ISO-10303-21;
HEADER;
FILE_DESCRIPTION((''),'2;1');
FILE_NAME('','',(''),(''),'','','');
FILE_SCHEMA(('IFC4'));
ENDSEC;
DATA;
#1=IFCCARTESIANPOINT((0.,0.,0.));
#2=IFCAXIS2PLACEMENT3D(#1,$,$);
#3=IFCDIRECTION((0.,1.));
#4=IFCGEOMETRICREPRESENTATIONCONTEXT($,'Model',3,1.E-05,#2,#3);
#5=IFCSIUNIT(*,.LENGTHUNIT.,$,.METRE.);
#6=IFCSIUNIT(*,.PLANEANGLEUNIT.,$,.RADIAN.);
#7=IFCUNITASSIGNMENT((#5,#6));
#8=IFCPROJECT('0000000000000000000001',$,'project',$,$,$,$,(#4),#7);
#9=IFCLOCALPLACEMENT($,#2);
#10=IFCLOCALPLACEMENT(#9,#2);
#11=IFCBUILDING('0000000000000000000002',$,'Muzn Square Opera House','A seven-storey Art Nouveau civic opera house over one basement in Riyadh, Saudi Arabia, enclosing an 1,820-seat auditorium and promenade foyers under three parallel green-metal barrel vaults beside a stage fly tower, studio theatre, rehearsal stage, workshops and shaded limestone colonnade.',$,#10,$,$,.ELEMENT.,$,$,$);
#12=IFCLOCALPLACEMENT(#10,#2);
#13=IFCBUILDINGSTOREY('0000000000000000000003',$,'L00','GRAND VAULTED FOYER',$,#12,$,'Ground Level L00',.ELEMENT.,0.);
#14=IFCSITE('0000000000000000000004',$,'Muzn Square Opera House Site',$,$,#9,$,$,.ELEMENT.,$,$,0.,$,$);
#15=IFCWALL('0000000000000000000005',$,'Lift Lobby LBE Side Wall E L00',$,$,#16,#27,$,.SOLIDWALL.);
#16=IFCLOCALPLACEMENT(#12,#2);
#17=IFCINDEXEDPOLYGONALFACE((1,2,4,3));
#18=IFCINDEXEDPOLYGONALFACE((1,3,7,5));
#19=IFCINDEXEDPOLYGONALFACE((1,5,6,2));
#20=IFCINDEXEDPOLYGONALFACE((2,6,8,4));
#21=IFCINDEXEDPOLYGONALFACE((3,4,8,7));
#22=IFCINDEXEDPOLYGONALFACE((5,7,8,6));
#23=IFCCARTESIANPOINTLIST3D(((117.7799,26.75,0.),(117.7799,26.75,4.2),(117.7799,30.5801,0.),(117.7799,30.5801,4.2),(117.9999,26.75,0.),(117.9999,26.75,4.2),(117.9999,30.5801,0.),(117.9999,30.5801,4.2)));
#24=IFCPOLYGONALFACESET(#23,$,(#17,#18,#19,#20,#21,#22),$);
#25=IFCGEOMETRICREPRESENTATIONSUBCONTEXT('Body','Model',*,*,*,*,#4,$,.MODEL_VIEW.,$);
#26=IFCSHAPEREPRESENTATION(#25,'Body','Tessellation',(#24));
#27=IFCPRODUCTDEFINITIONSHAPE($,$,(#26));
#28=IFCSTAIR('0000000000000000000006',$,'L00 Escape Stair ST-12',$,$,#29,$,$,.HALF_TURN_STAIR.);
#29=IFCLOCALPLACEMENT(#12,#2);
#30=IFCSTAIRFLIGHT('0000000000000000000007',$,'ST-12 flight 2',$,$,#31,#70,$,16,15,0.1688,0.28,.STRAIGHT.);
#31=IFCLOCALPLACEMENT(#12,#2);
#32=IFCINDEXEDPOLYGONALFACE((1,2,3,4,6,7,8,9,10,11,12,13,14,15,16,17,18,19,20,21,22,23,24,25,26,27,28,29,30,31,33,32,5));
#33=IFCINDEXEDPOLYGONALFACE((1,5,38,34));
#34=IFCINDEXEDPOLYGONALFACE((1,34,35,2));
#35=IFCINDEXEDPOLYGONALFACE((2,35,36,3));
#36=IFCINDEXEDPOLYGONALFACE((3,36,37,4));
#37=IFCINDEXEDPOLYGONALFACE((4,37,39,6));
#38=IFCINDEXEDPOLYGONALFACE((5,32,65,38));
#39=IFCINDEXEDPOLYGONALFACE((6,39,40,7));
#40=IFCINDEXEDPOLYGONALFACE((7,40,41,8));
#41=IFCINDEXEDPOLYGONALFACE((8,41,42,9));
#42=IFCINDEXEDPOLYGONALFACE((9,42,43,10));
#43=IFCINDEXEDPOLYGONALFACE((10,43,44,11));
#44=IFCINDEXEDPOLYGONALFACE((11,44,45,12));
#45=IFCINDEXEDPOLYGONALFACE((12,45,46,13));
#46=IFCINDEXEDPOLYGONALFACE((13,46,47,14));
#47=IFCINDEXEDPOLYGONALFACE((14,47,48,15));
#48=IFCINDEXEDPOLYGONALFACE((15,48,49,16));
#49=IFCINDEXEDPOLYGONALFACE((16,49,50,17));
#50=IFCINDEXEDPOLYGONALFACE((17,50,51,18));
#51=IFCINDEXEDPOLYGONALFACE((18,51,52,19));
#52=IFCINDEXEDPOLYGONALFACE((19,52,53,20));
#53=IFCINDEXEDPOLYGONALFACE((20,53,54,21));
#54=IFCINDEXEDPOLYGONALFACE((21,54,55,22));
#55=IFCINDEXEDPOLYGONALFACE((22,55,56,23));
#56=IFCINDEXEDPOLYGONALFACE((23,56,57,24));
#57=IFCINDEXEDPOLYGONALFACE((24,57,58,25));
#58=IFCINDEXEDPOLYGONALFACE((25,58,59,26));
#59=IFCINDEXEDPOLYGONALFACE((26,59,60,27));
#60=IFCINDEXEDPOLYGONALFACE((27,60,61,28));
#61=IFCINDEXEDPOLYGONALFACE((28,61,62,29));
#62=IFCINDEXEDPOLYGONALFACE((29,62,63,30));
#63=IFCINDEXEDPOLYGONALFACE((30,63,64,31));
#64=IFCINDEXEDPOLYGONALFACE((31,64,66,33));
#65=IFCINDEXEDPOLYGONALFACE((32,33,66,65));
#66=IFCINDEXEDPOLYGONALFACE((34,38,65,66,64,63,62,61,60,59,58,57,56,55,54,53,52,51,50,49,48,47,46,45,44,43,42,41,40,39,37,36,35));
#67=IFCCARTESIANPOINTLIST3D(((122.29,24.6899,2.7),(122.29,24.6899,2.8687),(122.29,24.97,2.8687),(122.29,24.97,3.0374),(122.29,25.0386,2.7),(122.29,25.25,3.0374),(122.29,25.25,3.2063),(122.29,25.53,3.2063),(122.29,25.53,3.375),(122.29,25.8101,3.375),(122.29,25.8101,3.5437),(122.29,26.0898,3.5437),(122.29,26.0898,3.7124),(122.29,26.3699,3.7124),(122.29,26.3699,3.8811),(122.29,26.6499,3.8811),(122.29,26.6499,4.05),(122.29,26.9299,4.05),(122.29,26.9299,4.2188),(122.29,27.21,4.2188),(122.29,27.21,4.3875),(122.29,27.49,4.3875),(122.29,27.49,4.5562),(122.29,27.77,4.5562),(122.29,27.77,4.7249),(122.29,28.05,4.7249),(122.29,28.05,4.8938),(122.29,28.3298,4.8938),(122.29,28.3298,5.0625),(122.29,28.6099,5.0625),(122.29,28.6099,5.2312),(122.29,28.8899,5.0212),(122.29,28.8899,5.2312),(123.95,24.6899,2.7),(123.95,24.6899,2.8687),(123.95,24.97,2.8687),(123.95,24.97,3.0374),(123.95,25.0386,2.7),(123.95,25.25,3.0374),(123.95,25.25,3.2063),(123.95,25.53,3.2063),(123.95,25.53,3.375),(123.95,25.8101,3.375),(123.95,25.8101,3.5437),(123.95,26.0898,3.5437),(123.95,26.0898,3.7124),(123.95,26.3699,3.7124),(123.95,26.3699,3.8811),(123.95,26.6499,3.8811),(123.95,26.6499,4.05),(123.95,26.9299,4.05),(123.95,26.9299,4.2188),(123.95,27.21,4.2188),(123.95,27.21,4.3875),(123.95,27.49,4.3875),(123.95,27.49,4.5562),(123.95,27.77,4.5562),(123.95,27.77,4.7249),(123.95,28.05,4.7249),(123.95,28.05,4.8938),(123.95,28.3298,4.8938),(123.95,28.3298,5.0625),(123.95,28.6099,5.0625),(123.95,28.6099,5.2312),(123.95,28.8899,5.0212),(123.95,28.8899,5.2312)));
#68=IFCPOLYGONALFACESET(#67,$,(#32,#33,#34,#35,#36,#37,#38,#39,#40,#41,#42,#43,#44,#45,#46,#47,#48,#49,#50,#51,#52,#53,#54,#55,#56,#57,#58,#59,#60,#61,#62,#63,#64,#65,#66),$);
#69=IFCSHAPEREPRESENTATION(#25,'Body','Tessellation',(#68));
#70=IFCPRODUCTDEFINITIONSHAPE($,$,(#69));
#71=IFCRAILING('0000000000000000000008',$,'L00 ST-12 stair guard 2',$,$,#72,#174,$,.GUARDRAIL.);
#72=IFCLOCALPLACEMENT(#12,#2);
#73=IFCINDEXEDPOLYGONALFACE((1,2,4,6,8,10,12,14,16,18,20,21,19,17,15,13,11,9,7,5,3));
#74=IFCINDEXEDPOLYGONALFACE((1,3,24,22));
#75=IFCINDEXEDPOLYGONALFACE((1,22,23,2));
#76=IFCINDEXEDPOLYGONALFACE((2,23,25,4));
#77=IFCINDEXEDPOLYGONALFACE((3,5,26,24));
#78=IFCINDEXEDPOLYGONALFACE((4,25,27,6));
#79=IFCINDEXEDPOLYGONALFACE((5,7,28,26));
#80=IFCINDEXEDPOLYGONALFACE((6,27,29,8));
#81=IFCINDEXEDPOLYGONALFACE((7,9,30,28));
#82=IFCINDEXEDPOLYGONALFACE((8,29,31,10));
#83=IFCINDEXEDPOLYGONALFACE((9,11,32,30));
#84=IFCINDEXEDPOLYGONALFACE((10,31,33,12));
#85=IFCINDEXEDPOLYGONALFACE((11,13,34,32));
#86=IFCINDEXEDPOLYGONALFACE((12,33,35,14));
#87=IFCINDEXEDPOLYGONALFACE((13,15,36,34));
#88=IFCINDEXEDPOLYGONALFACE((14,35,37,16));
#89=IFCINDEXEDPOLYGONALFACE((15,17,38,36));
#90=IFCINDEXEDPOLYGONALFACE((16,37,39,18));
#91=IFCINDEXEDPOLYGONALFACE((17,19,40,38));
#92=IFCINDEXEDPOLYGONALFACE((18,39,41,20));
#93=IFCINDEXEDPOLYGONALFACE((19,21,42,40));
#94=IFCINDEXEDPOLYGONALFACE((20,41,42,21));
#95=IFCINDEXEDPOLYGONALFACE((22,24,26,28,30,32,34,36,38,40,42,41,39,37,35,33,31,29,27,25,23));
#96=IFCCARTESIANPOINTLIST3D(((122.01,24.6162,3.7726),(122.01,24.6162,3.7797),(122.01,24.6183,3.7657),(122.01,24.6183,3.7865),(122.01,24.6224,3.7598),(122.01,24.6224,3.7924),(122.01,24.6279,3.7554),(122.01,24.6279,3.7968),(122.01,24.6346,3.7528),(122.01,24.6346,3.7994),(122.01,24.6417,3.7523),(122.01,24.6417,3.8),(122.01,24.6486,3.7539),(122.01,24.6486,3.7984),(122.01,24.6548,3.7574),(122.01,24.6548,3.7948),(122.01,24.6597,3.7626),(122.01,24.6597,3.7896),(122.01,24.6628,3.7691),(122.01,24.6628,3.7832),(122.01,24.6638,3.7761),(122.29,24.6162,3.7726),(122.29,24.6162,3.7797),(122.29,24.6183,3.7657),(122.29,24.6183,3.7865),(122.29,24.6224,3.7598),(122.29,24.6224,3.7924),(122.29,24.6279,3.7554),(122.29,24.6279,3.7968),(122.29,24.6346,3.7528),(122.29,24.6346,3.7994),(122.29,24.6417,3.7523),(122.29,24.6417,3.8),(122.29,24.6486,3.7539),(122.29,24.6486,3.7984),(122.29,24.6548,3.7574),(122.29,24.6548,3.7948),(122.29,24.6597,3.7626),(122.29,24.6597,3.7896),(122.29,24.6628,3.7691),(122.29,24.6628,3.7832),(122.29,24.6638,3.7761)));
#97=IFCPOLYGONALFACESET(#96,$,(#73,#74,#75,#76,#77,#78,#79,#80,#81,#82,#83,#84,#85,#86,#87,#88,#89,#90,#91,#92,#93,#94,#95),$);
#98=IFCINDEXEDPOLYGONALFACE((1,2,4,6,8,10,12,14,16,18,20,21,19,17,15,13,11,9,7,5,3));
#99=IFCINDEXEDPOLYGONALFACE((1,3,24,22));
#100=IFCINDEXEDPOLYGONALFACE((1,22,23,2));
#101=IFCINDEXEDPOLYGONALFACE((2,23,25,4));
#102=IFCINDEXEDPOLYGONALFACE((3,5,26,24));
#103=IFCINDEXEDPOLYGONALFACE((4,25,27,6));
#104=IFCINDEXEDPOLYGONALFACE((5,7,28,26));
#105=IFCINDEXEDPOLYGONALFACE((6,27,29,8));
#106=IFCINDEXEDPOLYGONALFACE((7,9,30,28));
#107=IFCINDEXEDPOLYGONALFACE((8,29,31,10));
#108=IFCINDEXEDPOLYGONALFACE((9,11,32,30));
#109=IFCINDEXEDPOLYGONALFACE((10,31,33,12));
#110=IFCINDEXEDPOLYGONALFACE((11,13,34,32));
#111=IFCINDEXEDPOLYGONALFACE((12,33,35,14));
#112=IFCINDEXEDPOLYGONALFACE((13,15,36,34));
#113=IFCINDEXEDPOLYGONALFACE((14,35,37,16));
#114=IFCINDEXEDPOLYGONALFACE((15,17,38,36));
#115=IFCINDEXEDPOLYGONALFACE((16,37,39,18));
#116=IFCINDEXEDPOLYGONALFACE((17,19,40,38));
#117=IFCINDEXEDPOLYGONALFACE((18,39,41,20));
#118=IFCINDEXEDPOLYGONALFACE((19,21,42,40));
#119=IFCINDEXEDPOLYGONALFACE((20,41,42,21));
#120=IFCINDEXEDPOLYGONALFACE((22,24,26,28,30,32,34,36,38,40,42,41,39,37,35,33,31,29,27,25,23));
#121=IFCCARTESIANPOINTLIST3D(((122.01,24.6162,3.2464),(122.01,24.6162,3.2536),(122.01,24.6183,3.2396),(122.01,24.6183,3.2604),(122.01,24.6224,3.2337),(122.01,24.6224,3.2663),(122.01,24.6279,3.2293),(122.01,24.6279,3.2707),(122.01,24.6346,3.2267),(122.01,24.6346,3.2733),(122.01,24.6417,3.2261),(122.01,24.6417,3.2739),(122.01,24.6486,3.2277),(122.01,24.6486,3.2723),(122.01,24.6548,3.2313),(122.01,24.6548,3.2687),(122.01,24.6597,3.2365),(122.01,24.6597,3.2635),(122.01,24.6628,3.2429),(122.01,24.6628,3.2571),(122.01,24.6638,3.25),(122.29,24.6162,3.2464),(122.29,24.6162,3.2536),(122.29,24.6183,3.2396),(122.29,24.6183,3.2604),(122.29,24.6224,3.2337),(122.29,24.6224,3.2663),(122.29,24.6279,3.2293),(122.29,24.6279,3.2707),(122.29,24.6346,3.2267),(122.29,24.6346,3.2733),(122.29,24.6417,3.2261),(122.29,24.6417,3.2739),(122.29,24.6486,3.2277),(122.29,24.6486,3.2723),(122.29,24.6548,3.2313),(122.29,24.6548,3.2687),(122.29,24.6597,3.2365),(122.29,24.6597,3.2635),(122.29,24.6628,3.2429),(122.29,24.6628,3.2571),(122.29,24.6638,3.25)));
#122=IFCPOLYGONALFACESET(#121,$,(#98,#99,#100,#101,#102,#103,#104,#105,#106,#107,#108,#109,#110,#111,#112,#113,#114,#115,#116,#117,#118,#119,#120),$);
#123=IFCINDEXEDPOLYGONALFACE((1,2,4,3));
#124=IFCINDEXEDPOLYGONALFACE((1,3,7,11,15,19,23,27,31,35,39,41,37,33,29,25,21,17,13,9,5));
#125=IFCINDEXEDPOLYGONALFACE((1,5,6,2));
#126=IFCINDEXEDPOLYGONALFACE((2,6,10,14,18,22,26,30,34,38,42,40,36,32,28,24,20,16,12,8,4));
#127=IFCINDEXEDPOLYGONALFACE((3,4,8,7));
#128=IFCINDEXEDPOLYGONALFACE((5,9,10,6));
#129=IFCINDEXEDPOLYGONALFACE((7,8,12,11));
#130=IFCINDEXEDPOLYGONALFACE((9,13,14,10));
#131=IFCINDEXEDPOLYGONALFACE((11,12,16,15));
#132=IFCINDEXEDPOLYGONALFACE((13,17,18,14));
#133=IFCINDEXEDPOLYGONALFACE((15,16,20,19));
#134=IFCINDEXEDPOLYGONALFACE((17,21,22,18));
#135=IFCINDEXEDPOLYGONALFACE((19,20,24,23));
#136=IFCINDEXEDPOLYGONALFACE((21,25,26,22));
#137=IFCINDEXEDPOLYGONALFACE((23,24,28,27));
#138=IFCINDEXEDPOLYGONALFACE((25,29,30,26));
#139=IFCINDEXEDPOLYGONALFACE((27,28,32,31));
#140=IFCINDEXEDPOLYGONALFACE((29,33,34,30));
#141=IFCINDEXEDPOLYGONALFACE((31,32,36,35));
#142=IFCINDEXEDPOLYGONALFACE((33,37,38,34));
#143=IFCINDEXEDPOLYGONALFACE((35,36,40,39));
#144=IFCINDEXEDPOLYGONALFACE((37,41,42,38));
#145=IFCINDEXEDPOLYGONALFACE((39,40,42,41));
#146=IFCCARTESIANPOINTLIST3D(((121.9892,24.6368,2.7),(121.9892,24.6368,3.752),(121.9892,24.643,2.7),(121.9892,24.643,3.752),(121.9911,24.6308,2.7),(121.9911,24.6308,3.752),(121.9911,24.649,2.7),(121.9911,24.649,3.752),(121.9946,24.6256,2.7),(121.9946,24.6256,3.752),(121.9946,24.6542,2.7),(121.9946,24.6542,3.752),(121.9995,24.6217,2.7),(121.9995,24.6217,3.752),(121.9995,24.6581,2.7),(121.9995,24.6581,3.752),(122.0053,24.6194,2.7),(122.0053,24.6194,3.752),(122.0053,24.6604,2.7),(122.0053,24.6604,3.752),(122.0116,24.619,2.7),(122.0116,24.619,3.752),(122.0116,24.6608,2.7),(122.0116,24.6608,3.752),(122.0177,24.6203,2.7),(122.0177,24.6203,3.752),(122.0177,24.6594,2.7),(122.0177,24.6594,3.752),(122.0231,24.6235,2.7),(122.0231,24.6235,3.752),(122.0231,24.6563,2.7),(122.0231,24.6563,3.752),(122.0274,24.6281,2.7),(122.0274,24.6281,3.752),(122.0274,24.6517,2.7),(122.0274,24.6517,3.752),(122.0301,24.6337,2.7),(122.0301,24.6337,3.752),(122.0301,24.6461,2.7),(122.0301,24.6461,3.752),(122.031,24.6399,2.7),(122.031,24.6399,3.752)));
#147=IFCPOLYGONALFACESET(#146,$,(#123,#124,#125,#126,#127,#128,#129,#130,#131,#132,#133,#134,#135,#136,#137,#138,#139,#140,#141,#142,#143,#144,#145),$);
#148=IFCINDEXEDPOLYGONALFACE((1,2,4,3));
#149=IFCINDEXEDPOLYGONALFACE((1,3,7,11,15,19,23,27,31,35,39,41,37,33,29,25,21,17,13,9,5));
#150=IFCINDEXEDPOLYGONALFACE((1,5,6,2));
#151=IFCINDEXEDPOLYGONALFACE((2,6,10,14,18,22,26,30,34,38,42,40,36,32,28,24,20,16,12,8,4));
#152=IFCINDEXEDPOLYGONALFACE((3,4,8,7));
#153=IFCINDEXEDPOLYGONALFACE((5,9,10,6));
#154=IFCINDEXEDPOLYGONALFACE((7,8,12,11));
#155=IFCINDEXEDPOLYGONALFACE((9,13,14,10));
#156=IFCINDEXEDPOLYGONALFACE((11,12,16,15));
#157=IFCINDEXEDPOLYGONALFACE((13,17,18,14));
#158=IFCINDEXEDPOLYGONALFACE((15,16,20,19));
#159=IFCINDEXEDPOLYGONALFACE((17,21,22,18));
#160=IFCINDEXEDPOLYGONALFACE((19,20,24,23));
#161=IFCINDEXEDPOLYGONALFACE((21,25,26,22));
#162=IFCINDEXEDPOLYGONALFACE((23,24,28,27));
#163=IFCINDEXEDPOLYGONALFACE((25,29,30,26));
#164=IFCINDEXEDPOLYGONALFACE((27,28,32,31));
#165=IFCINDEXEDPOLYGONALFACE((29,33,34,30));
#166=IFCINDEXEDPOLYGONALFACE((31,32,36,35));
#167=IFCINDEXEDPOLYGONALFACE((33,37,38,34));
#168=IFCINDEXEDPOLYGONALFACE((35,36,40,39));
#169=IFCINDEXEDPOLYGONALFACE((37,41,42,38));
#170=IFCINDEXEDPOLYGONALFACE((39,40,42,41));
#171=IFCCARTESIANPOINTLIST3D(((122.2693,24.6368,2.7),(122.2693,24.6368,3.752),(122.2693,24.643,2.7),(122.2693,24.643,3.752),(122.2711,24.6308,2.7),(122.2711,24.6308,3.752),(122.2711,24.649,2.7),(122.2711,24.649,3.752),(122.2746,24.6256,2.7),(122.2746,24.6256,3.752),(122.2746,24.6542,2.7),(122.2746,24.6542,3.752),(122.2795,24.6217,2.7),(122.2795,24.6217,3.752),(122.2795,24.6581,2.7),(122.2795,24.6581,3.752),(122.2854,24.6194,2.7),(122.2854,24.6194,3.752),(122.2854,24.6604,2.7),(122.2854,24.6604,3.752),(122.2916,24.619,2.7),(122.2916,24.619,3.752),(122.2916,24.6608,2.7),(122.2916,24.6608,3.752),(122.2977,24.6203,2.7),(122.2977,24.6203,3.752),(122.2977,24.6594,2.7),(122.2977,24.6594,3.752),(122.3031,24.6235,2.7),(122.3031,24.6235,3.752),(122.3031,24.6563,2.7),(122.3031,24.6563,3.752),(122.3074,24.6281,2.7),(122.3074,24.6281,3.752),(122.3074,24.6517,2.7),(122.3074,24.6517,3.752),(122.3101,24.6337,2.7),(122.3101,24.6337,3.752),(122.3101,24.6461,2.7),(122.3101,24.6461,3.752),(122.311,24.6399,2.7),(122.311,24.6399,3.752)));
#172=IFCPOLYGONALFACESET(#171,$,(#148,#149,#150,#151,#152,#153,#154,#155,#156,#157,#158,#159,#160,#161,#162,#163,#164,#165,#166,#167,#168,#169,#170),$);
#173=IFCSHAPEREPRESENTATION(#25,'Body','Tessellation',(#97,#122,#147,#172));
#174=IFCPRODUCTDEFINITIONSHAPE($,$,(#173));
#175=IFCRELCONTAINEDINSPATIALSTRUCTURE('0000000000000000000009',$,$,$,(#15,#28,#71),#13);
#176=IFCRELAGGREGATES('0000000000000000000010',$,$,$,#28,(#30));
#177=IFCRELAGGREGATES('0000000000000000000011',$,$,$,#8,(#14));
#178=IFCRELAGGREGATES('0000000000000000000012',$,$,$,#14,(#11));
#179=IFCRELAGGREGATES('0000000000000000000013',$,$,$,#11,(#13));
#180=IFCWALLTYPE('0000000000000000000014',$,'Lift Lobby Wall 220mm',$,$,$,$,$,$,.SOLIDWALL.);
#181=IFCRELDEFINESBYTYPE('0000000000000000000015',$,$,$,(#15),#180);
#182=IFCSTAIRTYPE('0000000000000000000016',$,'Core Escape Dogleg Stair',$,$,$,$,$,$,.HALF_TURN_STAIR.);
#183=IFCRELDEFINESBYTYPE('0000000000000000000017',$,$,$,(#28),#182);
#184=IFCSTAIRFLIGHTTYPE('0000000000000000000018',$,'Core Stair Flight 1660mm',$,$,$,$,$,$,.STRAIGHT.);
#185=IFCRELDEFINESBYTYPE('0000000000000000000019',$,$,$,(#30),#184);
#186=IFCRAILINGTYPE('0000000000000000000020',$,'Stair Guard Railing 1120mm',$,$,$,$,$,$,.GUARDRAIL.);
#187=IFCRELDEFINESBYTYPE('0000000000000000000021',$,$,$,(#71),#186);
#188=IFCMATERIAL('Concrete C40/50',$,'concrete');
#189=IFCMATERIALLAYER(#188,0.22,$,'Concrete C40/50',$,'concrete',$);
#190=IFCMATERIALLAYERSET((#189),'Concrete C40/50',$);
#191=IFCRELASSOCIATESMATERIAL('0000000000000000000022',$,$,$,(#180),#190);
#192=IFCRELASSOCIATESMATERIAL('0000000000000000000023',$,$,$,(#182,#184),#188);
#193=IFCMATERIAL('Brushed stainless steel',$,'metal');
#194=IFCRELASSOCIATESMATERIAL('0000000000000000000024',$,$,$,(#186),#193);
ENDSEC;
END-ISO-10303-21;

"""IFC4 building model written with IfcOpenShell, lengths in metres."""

from ifc_helpers import new_model, si_unit, direction, frame, frame_2d, origin, origin_2d, place, context, subcontext, project, spatial, polyline, rectangle, circle, outline, extrude, material, layer, layer_set, type_object, element, aggregate, save


model = new_model("IFC4")

# Units and contexts
model_context = context("Model", 3, precision=1e-05, world=origin(), true_north=direction((0.0, 1.0)))
body_context = subcontext(model_context, "Body", "Model", "MODEL_VIEW")
ifc_project = project(units=[si_unit("LENGTHUNIT", "METRE"), si_unit("PLANEANGLEUNIT", "RADIAN")], contexts=[model_context])

# Site, building, storey
site_placement = place(None, origin())
site = spatial("IfcSite", under=ifc_project, at=site_placement, Name="Muzn Square Opera House Site", CompositionType="ELEMENT", RefElevation=0.0)
building_placement = place(site_placement, origin())
building = spatial("IfcBuilding", under=site, at=building_placement, Name="Muzn Square Opera House", Description="A seven-storey Art Nouveau civic opera house over one basement in Riyadh, Saudi Arabia, enclosing an 1,820-seat auditorium and promenade foyers under three parallel green-metal barrel vaults beside a stage fly tower, studio theatre, rehearsal stage, workshops and shaded limestone colonnade.", CompositionType="ELEMENT")
storey_placement = place(building_placement, origin())
storey = spatial("IfcBuildingStorey", under=building, at=storey_placement, Name="L00", Description="GRAND VAULTED FOYER", LongName="Ground Level L00", CompositionType="ELEMENT", Elevation=0.0)

# Shared definitions
ifc_material_1 = material(Name="Concrete C40/50", Category="concrete")

# Wall
ifc_layer_1 = layer(ifc_material_1, 0.22, Name="Concrete C40/50", Category="concrete")
ifc_layer_set_1 = layer_set([ifc_layer_1], Name="Concrete C40/50")
wall_type_1 = type_object("IfcWallType", Name="Lift Lobby Wall 220mm", PredefinedType="SOLIDWALL", material=ifc_layer_set_1)
wall_1_placement = place(storey_placement, frame((117.8899, 26.75, 0.0), z_axis=(0.0, 0.0, 1.0), x_axis=(0.0, 1.0, 0.0)))
element("IfcWall", 1, at=wall_1_placement, inside=storey, type_object=wall_type_1, Name="Lift Lobby LBE Side Wall E L00", PredefinedType="SOLIDWALL", context=body_context, shape_type="SweptSolid", body=[
    extrude(rectangle(XDim=3.8301, YDim=0.22, at=frame_2d((1.915, 0.0))), origin(), (0.0, 0.0, 1.0), 4.2),
])

# Stair, stair flight
stair_type = type_object("IfcStairType", Name="Core Escape Dogleg Stair", PredefinedType="HALF_TURN_STAIR", material=ifc_material_1)
stair_placement = place(storey_placement, origin())
stair = element("IfcStair", 2, at=stair_placement, inside=storey, type_object=stair_type, Name="L00 Escape Stair ST-12", PredefinedType="HALF_TURN_STAIR")
stair_flight_type = type_object("IfcStairFlightType", Name="Core Stair Flight 1660mm", PredefinedType="STRAIGHT", material=ifc_material_1)
stair_flight_placement = place(storey_placement, frame((123.1201, 24.6899, 2.7), z_axis=(0.0, 0.0, 1.0), x_axis=(0.0, 1.0, 0.0)))
stair_flight = element("IfcStairFlight", 3, at=stair_flight_placement, type_object=stair_flight_type, Name="ST-12 flight 2", NumberOfRisers=16, NumberOfTreads=15, PredefinedType="STRAIGHT", RiserHeight=0.1688, TreadLength=0.28, context=body_context, shape_type="SweptSolid", body=[
    extrude(outline(polyline([(0.0, 0.0), (0.0, 0.1687), (0.28, 0.1687), (0.28, 0.3374), (0.5601, 0.3374), (0.5601, 0.5063), (0.8401, 0.5063), (0.8401, 0.675), (1.1201, 0.675), (1.1201, 0.8438), (1.3999, 0.8438), (1.3999, 1.0125), (1.6799, 1.0125), (1.6799, 1.1812), (1.96, 1.1812), (1.96, 1.3501), (2.24, 1.3501), (2.24, 1.5188), (2.52, 1.5188), (2.52, 1.6875), (2.8, 1.6875), (2.8, 1.8562), (3.0801, 1.8562), (3.0801, 2.0249), (3.3601, 2.0249), (3.3601, 2.1938), (3.6399, 2.1938), (3.6399, 2.3625), (3.9199, 2.3625), (3.9199, 2.5312), (4.2, 2.5312), (4.2, 2.7), (4.2, 2.3213), (0.3486, 0.0), (0.0, 0.0)])), frame((0.0, 0.8301, 0.0), z_axis=(0.0, -1.0, 0.0), x_axis=(1.0, 0.0, 0.0)), (0.0, 0.0, 1.0), 1.6599),
])
aggregate(stair, [stair_flight])

# Railing
ifc_material_2 = material(Name="Brushed stainless steel", Category="metal")
railing_type_1 = type_object("IfcRailingType", Name="Stair Guard Railing 1120mm", PredefinedType="GUARDRAIL", material=ifc_material_2)
railing_1_placement = place(storey_placement, frame((122.01, 24.6399, 2.7)))
element("IfcRailing", 4, at=railing_1_placement, inside=storey, type_object=railing_type_1, Name="L00 ST-12 stair guard 2", PredefinedType="GUARDRAIL", context=body_context, shape_type="SweptSolid", body=[
    extrude(circle(Radius=0.0239, at=origin_2d()), frame((0.0, 0.0, 1.0762), z_axis=(1.0, 0.0, 0.0), x_axis=(0.0, 1.0, 0.0)), (0.0, 0.0, 1.0), 0.28),
    extrude(circle(Radius=0.0239, at=origin_2d()), frame((0.0, 0.0, 0.55), z_axis=(1.0, 0.0, 0.0), x_axis=(0.0, 1.0, 0.0)), (0.0, 0.0, 1.0), 0.28),
    extrude(circle(Radius=0.021, at=origin_2d()), origin(), (0.0, 0.0, 1.0), 1.052),
    extrude(circle(Radius=0.021, at=origin_2d()), frame((0.28, 0.0, 0.0)), (0.0, 0.0, 1.0), 1.052),
])

save(model, "model.ifc")
